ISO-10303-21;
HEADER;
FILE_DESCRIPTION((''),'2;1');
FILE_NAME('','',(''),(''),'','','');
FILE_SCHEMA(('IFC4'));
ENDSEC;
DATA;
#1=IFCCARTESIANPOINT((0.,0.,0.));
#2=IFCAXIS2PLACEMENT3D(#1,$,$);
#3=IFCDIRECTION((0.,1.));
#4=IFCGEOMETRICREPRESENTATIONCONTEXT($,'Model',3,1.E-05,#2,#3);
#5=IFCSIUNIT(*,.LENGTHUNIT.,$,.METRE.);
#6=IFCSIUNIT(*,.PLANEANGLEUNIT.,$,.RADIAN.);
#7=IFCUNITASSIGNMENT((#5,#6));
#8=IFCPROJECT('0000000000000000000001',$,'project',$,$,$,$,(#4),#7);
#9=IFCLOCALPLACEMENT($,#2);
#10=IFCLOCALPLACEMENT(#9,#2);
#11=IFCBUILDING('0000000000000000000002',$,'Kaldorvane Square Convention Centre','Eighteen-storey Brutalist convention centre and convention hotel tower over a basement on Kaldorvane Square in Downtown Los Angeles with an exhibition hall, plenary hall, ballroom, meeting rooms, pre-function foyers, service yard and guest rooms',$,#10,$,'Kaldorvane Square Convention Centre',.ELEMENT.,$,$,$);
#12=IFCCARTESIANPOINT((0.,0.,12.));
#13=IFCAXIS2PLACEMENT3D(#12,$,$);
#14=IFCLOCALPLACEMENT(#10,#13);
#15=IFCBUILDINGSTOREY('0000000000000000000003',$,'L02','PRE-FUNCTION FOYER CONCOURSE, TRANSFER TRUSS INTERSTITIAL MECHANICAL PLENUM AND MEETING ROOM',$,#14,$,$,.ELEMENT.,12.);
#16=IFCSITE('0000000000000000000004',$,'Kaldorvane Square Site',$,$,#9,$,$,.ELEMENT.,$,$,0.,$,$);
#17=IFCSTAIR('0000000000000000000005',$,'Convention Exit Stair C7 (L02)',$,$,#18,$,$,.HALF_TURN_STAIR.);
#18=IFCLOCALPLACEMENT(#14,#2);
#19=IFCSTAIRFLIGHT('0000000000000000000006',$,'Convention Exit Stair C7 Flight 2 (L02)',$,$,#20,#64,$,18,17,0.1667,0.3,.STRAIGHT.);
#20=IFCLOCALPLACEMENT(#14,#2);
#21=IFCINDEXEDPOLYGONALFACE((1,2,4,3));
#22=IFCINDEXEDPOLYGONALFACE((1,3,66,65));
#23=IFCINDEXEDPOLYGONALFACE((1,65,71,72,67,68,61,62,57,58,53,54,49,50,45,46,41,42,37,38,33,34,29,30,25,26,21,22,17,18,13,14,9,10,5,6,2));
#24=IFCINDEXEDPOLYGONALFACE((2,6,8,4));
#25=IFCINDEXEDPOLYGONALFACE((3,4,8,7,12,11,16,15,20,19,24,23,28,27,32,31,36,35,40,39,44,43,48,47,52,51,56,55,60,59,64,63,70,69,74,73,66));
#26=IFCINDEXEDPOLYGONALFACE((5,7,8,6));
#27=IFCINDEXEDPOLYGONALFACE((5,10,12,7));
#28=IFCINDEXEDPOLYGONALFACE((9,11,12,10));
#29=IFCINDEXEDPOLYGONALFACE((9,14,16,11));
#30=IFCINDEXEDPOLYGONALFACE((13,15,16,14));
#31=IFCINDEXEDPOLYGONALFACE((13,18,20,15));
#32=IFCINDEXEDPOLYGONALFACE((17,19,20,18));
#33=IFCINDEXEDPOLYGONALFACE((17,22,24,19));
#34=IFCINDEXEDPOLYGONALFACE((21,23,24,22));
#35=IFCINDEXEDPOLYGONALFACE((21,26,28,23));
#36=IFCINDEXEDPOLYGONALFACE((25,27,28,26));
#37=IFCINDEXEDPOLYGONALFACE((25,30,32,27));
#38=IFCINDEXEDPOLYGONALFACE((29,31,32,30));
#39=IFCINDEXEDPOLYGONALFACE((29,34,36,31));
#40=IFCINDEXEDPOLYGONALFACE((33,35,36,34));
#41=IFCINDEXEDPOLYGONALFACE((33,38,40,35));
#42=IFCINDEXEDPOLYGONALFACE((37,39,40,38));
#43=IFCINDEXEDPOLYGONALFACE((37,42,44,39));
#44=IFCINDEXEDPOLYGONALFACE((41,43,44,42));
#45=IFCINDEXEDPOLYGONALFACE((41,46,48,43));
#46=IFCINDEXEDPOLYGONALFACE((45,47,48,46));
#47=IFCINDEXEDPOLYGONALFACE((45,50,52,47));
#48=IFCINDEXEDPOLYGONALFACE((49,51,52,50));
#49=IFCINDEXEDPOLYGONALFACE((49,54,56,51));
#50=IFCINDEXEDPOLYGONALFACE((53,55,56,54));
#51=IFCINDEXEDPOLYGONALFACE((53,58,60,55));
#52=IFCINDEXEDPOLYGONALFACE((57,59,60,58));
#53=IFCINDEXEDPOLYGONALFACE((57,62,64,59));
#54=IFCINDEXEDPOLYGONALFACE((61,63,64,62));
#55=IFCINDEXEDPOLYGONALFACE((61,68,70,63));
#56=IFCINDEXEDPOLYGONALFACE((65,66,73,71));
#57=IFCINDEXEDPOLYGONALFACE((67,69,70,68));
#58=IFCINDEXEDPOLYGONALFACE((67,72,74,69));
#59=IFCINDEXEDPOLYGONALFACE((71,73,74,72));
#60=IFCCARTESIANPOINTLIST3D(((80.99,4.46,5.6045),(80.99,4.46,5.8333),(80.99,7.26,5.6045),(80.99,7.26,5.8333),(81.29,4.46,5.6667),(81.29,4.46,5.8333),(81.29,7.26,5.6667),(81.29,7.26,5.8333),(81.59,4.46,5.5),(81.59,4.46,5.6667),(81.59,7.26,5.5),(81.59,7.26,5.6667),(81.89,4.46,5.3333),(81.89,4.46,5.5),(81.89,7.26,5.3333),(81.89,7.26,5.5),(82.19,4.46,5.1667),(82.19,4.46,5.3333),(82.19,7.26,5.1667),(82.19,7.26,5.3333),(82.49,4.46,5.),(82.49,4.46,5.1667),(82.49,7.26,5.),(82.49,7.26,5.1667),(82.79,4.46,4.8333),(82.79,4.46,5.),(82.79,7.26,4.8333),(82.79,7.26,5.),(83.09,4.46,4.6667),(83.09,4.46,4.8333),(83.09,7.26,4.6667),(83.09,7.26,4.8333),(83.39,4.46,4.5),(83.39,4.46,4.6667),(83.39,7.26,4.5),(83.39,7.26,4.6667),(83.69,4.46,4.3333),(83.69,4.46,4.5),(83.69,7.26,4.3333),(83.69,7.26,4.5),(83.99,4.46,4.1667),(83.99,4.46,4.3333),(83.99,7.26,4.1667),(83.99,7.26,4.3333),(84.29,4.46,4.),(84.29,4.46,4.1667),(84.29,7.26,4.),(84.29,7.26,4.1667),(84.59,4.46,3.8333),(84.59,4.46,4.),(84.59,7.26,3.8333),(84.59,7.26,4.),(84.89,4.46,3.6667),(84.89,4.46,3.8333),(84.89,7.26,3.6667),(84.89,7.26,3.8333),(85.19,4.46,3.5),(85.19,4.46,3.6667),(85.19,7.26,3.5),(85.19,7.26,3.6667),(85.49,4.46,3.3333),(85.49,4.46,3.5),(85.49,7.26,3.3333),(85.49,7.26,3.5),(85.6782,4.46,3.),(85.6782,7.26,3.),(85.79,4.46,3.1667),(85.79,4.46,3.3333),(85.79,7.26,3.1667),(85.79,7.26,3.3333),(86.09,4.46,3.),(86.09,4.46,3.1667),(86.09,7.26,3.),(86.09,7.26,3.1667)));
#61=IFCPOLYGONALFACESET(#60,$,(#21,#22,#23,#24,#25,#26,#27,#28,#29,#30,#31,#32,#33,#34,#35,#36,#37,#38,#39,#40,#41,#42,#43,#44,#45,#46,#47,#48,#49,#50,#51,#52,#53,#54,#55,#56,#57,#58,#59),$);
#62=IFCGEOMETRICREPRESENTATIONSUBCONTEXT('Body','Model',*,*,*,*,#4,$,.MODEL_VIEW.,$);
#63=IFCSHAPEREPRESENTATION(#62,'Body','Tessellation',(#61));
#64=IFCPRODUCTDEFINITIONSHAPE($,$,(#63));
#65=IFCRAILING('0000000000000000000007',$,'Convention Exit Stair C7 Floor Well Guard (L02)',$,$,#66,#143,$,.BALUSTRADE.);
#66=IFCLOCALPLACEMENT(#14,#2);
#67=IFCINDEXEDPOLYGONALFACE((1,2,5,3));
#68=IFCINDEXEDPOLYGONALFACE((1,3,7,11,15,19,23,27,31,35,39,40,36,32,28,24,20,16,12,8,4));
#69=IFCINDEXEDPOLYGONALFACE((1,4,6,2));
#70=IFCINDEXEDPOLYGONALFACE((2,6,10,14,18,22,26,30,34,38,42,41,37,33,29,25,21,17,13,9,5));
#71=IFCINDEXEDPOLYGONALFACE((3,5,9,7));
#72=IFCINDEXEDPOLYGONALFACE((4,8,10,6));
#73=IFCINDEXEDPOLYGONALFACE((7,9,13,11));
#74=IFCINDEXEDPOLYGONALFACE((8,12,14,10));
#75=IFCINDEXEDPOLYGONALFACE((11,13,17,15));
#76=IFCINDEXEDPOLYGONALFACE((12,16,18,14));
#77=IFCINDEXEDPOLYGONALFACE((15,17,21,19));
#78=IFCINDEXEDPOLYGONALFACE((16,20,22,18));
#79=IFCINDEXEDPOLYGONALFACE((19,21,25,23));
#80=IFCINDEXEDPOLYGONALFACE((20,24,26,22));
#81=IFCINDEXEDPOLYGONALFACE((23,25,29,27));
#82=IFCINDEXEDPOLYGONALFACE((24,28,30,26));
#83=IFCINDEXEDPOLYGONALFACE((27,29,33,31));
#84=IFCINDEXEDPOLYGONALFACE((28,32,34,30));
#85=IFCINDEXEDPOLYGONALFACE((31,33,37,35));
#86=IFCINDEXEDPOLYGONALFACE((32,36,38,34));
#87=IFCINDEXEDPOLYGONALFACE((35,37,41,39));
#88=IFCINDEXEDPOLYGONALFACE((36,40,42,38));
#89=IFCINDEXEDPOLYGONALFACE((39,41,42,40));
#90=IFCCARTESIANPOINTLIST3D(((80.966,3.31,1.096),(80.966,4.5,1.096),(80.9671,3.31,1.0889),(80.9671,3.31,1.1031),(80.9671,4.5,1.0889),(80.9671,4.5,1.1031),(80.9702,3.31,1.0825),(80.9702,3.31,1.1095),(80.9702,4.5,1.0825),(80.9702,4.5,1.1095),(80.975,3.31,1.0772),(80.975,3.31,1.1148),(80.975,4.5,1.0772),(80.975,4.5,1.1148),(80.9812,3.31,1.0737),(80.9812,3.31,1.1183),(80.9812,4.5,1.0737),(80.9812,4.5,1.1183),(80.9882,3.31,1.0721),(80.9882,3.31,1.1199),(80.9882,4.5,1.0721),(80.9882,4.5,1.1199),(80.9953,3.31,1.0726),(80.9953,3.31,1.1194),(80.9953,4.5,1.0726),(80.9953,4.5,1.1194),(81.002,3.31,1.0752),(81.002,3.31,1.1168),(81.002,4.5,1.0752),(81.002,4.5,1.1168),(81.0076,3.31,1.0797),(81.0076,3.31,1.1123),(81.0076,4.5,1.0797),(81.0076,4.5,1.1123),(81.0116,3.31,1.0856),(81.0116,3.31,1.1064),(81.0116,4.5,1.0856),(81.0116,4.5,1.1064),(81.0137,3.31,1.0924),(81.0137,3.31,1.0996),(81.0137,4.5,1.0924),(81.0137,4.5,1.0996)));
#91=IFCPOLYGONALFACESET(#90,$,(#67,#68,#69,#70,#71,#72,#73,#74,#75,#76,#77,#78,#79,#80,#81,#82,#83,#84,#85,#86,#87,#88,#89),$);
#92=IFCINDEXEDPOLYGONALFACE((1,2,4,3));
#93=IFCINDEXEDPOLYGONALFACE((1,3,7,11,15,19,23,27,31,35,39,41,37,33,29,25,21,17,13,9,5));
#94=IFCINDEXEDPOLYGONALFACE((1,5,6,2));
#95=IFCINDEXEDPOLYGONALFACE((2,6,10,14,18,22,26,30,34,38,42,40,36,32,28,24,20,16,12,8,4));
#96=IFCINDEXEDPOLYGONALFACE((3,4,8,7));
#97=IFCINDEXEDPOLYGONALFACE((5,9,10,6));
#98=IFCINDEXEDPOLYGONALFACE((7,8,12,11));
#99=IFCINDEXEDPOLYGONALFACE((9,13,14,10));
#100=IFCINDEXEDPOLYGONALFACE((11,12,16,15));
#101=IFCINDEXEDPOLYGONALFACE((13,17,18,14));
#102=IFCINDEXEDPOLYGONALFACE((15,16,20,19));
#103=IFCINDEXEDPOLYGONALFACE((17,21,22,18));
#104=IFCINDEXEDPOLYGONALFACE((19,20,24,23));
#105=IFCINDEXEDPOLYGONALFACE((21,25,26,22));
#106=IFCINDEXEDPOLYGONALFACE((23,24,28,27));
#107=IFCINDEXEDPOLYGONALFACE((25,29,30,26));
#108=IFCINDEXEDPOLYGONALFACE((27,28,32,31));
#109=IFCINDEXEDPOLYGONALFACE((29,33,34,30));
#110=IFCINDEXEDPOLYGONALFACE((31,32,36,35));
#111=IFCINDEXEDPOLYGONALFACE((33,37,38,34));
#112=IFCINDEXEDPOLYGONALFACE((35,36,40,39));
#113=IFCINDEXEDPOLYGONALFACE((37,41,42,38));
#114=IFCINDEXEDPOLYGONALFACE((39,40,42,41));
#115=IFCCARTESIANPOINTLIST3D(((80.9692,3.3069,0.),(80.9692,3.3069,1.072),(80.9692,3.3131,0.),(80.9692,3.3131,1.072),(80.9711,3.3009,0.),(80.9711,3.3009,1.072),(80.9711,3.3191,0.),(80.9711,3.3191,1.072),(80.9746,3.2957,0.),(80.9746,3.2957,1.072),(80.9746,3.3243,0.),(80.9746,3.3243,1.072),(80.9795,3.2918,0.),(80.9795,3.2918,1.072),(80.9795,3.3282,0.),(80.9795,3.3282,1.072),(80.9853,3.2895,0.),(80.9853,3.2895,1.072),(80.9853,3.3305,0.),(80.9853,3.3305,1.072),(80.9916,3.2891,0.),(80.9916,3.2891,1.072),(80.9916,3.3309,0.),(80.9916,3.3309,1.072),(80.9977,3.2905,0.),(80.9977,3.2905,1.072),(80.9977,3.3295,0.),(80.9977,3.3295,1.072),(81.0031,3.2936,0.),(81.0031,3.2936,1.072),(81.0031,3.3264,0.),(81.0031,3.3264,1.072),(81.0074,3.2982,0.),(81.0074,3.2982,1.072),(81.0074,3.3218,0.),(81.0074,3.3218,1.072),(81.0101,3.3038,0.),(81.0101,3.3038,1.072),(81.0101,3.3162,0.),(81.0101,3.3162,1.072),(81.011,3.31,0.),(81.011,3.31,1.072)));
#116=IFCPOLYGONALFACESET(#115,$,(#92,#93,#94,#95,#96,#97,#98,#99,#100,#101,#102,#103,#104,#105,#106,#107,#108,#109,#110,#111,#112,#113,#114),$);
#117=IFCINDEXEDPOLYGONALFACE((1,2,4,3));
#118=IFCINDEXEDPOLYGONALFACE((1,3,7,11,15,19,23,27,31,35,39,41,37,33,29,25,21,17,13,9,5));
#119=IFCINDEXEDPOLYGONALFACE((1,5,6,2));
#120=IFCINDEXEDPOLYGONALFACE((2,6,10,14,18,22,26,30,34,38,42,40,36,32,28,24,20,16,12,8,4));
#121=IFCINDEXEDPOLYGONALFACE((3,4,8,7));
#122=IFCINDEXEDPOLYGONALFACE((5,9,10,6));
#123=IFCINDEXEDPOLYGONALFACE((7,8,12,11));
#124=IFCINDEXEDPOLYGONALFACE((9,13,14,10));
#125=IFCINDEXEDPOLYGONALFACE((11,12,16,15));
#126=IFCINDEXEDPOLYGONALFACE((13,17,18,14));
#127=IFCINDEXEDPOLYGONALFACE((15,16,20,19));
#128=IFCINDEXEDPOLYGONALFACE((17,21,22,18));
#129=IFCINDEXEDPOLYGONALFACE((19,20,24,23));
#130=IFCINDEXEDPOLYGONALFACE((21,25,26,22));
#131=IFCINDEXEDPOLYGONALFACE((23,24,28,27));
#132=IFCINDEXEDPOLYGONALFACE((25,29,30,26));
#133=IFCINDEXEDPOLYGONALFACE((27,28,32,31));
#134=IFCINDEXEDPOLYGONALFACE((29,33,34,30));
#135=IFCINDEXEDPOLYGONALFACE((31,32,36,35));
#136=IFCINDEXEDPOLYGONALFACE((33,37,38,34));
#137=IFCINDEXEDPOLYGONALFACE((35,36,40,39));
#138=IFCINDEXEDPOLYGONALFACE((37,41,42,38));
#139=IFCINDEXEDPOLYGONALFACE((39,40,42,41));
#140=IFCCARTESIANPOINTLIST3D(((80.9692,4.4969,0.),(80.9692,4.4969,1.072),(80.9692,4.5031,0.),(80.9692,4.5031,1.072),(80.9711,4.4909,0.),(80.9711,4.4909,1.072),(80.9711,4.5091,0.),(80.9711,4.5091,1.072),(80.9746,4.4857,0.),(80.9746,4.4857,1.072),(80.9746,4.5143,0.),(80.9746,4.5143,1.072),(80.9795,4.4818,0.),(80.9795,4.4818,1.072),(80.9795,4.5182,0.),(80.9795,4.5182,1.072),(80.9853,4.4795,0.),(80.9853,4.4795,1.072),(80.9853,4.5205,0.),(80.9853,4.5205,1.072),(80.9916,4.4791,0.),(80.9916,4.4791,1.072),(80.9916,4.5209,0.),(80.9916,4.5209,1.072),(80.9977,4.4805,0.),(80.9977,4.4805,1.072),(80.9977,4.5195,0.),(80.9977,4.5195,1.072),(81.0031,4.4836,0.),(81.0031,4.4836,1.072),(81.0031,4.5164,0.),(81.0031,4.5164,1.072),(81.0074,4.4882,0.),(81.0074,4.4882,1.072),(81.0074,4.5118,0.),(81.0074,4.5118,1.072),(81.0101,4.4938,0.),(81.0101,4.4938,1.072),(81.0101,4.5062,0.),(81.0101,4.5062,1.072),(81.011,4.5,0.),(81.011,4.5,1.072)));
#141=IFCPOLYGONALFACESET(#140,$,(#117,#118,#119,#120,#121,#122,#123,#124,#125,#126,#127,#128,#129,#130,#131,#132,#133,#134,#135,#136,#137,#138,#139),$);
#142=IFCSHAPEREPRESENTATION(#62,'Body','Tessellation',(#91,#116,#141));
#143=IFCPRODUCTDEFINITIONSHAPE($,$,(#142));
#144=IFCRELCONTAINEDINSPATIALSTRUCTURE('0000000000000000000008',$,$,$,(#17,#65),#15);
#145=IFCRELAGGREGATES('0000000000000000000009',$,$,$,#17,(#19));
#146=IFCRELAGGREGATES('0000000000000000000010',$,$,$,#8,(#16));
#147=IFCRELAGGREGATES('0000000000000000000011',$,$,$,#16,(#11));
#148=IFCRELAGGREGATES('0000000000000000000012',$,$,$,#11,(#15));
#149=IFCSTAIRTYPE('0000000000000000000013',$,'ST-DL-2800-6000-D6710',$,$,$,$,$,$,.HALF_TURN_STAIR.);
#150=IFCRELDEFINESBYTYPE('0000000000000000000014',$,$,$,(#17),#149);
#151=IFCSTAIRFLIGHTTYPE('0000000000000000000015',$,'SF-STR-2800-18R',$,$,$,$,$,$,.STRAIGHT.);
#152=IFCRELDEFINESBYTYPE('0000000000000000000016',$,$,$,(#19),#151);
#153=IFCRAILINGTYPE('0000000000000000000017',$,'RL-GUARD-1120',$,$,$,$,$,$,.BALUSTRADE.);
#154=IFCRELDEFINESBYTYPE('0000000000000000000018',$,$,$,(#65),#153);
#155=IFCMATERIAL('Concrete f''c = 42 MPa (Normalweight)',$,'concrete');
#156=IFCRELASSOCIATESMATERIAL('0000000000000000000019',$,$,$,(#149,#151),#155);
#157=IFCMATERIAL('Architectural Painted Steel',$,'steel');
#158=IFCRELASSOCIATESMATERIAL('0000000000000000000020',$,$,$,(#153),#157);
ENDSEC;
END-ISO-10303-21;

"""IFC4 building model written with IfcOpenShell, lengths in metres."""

from ifc_helpers import new_model, si_unit, direction, frame, origin, origin_2d, place, context, subcontext, project, spatial, polyline, circle, outline, extrude, material, type_object, element, aggregate, save


model = new_model("IFC4")

# Units and contexts
model_context = context("Model", 3, precision=1e-05, world=origin(), true_north=direction((0.0, 1.0)))
body_context = subcontext(model_context, "Body", "Model", "MODEL_VIEW")
ifc_project = project(units=[si_unit("LENGTHUNIT", "METRE"), si_unit("PLANEANGLEUNIT", "RADIAN")], contexts=[model_context])

# Site, building, storey
site_placement = place(None, origin())
site = spatial("IfcSite", under=ifc_project, at=site_placement, Name="Kaldorvane Square Site", CompositionType="ELEMENT", RefElevation=0.0)
building_placement = place(site_placement, origin())
building = spatial("IfcBuilding", under=site, at=building_placement, Name="Kaldorvane Square Convention Centre", Description="Eighteen-storey Brutalist convention centre and convention hotel tower over a basement on Kaldorvane Square in Downtown Los Angeles with an exhibition hall, plenary hall, ballroom, meeting rooms, pre-function foyers, service yard and guest rooms", LongName="Kaldorvane Square Convention Centre", CompositionType="ELEMENT")
storey_placement = place(building_placement, frame((0.0, 0.0, 12.0)))
storey = spatial("IfcBuildingStorey", under=building, at=storey_placement, Name="L02", Description="PRE-FUNCTION FOYER CONCOURSE, TRANSFER TRUSS INTERSTITIAL MECHANICAL PLENUM AND MEETING ROOM", CompositionType="ELEMENT", Elevation=12.0)

# Shared definitions
ifc_material_1 = material(Name="Concrete f'c = 42 MPa (Normalweight)", Category="concrete")

# Stair, stair flight
stair_type = type_object("IfcStairType", Name="ST-DL-2800-6000-D6710", PredefinedType="HALF_TURN_STAIR", material=ifc_material_1)
stair_placement = place(storey_placement, origin())
stair = element("IfcStair", 1, at=stair_placement, inside=storey, type_object=stair_type, Name="Convention Exit Stair C7 (L02)", PredefinedType="HALF_TURN_STAIR")
stair_flight_type = type_object("IfcStairFlightType", Name="SF-STR-2800-18R", PredefinedType="STRAIGHT", material=ifc_material_1)
stair_flight_1_placement = place(storey_placement, frame((86.09, 5.86, 3.0), z_axis=(0.0, 0.0, 1.0), x_axis=(-1.0, 0.0, 0.0)))
stair_flight_1 = element("IfcStairFlight", 2, at=stair_flight_1_placement, type_object=stair_flight_type, Name="Convention Exit Stair C7 Flight 2 (L02)", NumberOfRisers=18, NumberOfTreads=17, PredefinedType="STRAIGHT", RiserHeight=0.1667, TreadLength=0.3, context=body_context, shape_type="SweptSolid", body=[
    extrude(outline(polyline([(0.0, 0.0), (0.0, 0.1667), (0.3, 0.1667), (0.3, 0.3333), (0.6, 0.3333), (0.6, 0.5), (0.9, 0.5), (0.9, 0.6667), (1.2, 0.6667), (1.2, 0.8333), (1.5, 0.8333), (1.5, 1.0), (1.8, 1.0), (1.8, 1.1667), (2.1, 1.1667), (2.1, 1.3333), (2.4, 1.3333), (2.4, 1.5), (2.7, 1.5), (2.7, 1.6667), (3.0, 1.6667), (3.0, 1.8333), (3.3, 1.8333), (3.3, 2.0), (3.6, 2.0), (3.6, 2.1667), (3.9, 2.1667), (3.9, 2.3333), (4.2, 2.3333), (4.2, 2.5), (4.5, 2.5), (4.5, 2.6667), (4.8, 2.6667), (4.8, 2.8333), (5.1, 2.8333), (5.1, 3.0), (5.1, 2.6045), (0.4118, 0.0), (0.0, 0.0)])), frame((0.0, 1.4, 0.0), z_axis=(0.0, -1.0, 0.0), x_axis=(1.0, 0.0, 0.0)), (0.0, 0.0, 1.0), 2.8),
])
aggregate(stair, [stair_flight_1])

# Railing
ifc_material_2 = material(Name="Architectural Painted Steel", Category="steel")
railing_type_1 = type_object("IfcRailingType", Name="RL-GUARD-1120", PredefinedType="BALUSTRADE", material=ifc_material_2)
for number, where, name in (
    (3, (80.99, 3.31, 0.0), "Convention Exit Stair C7 Floor Well Guard (L02)"),
):
    element("IfcRailing", number, at=place(storey_placement, frame(where)), inside=storey, type_object=railing_type_1, Name=name, PredefinedType="BALUSTRADE", context=body_context, shape_type="SweptSolid", body=[
        extrude(circle(Radius=0.024, at=origin_2d()), frame((0.0, 0.0, 1.096), z_axis=(0.0, 1.0, 0.0), x_axis=(-1.0, 0.0, 0.0)), (0.0, 0.0, 1.0), 1.19),
        extrude(circle(Radius=0.021, at=origin_2d()), origin(), (0.0, 0.0, 1.0), 1.072),
        extrude(circle(Radius=0.021, at=origin_2d()), frame((0.0, 1.19, 0.0)), (0.0, 0.0, 1.0), 1.072),
    ])

save(model, "model.ifc")
